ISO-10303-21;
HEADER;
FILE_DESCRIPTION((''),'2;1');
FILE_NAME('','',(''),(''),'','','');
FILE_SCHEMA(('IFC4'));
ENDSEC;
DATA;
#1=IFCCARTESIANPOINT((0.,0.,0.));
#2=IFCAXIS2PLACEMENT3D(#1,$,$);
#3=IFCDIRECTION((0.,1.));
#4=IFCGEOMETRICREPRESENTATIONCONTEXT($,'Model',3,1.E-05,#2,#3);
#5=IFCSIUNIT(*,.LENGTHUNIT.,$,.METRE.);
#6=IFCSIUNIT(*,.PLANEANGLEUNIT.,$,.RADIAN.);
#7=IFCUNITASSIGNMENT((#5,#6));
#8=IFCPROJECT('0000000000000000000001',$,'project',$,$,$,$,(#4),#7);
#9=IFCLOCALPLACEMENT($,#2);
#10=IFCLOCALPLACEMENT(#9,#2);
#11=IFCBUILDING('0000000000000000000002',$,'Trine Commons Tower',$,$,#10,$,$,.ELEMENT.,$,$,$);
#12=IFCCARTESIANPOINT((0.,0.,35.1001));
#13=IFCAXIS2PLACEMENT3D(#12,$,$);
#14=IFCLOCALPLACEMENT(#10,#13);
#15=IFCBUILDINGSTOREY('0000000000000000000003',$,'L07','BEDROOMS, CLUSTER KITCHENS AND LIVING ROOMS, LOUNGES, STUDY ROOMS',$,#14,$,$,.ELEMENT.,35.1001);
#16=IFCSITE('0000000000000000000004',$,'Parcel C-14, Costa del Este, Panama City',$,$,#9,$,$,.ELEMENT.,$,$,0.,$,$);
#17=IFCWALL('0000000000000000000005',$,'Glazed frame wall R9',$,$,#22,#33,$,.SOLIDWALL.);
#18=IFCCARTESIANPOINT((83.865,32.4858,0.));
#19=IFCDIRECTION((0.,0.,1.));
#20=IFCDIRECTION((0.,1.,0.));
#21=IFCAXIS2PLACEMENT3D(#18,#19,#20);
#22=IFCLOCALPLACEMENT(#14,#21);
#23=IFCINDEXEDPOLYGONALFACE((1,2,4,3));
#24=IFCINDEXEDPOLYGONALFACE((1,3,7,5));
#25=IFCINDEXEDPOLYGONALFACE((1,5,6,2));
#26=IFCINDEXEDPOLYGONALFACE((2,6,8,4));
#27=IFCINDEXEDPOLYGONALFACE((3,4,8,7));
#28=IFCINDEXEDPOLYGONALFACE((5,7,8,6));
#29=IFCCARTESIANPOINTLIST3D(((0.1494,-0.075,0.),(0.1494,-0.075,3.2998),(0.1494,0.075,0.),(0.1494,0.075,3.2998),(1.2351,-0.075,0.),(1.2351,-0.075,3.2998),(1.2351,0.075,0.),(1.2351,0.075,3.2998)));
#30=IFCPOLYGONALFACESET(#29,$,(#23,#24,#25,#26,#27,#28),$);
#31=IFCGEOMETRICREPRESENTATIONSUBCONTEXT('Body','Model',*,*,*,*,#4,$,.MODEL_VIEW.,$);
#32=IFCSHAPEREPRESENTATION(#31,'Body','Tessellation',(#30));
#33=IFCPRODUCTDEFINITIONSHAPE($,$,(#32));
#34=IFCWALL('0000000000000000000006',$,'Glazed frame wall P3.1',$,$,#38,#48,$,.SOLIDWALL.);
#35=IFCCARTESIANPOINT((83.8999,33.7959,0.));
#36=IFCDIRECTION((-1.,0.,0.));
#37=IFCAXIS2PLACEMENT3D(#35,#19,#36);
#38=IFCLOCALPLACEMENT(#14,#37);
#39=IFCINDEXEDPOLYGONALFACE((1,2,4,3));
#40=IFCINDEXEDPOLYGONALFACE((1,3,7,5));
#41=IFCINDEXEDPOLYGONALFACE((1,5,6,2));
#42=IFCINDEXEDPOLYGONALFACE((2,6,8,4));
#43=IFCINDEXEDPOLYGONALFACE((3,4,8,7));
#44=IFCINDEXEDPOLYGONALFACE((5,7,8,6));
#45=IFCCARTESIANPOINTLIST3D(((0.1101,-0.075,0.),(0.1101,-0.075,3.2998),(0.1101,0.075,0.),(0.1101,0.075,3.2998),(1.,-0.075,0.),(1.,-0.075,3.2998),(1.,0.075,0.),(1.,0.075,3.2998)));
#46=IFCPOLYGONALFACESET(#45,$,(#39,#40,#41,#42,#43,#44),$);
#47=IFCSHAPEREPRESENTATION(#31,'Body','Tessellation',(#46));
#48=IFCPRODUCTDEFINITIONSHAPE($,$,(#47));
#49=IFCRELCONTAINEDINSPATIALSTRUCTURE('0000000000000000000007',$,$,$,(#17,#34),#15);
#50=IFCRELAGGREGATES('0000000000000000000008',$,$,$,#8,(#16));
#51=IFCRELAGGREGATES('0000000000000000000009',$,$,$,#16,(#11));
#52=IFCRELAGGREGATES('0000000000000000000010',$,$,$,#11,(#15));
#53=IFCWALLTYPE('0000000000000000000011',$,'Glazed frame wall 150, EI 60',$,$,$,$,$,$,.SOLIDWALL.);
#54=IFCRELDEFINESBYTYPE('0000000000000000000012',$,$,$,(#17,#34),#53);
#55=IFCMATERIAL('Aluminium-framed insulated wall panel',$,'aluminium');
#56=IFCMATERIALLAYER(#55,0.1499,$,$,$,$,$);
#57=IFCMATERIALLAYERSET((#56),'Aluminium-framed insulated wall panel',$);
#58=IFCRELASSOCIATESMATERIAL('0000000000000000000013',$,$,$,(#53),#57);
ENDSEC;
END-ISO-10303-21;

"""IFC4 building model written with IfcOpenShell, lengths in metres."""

from ifc_helpers import new_model, si_unit, direction, frame, origin, place, context, subcontext, project, spatial, polyline, outline, extrude, material, layer, layer_set, type_object, element, save


model = new_model("IFC4")

# Units and contexts
model_context = context("Model", 3, precision=1e-05, world=origin(), true_north=direction((0.0, 1.0)))
body_context = subcontext(model_context, "Body", "Model", "MODEL_VIEW")
ifc_project = project(units=[si_unit("LENGTHUNIT", "METRE"), si_unit("PLANEANGLEUNIT", "RADIAN")], contexts=[model_context])

# Site, building, storey
site_placement = place(None, origin())
site = spatial("IfcSite", under=ifc_project, at=site_placement, Name="Parcel C-14, Costa del Este, Panama City", CompositionType="ELEMENT", RefElevation=0.0)
building_placement = place(site_placement, origin())
building = spatial("IfcBuilding", under=site, at=building_placement, Name="Trine Commons Tower", CompositionType="ELEMENT")
storey_placement = place(building_placement, frame((0.0, 0.0, 35.1001)))
storey = spatial("IfcBuildingStorey", under=building, at=storey_placement, Name="L07", Description="BEDROOMS, CLUSTER KITCHENS AND LIVING ROOMS, LOUNGES, STUDY ROOMS", CompositionType="ELEMENT", Elevation=35.1001)

# Walls
ifc_material_1 = material(Name="Aluminium-framed insulated wall panel", Category="aluminium")
ifc_layer_1 = layer(ifc_material_1, 0.1499)
ifc_layer_set_1 = layer_set([ifc_layer_1], Name="Aluminium-framed insulated wall panel")
wall_type_1 = type_object("IfcWallType", Name="Glazed frame wall 150, EI 60", PredefinedType="SOLIDWALL", material=ifc_layer_set_1)
wall_1_placement = place(storey_placement, frame((83.865, 32.4858, 0.0), z_axis=(0.0, 0.0, 1.0), x_axis=(0.0, 1.0, 0.0)))
element("IfcWall", 1, at=wall_1_placement, inside=storey, type_object=wall_type_1, Name="Glazed frame wall R9", PredefinedType="SOLIDWALL", context=body_context, shape_type="SweptSolid", body=[
    extrude(outline(polyline([(0.1494, 0.075), (0.1494, -0.075), (1.2351, -0.075), (1.2351, 0.075), (0.1494, 0.075)])), origin(), (0.0, 0.0, 1.0), 3.2998),
])
wall_2_placement = place(storey_placement, frame((83.8999, 33.7959, 0.0), z_axis=(0.0, 0.0, 1.0), x_axis=(-1.0, 0.0, 0.0)))
element("IfcWall", 2, at=wall_2_placement, inside=storey, type_object=wall_type_1, Name="Glazed frame wall P3.1", PredefinedType="SOLIDWALL", context=body_context, shape_type="SweptSolid", body=[
    extrude(outline(polyline([(0.1101, -0.075), (1.0, -0.075), (1.0, 0.075), (0.1101, 0.075), (0.1101, -0.075)])), origin(), (0.0, 0.0, 1.0), 3.2998),
])

save(model, "model.ifc")
